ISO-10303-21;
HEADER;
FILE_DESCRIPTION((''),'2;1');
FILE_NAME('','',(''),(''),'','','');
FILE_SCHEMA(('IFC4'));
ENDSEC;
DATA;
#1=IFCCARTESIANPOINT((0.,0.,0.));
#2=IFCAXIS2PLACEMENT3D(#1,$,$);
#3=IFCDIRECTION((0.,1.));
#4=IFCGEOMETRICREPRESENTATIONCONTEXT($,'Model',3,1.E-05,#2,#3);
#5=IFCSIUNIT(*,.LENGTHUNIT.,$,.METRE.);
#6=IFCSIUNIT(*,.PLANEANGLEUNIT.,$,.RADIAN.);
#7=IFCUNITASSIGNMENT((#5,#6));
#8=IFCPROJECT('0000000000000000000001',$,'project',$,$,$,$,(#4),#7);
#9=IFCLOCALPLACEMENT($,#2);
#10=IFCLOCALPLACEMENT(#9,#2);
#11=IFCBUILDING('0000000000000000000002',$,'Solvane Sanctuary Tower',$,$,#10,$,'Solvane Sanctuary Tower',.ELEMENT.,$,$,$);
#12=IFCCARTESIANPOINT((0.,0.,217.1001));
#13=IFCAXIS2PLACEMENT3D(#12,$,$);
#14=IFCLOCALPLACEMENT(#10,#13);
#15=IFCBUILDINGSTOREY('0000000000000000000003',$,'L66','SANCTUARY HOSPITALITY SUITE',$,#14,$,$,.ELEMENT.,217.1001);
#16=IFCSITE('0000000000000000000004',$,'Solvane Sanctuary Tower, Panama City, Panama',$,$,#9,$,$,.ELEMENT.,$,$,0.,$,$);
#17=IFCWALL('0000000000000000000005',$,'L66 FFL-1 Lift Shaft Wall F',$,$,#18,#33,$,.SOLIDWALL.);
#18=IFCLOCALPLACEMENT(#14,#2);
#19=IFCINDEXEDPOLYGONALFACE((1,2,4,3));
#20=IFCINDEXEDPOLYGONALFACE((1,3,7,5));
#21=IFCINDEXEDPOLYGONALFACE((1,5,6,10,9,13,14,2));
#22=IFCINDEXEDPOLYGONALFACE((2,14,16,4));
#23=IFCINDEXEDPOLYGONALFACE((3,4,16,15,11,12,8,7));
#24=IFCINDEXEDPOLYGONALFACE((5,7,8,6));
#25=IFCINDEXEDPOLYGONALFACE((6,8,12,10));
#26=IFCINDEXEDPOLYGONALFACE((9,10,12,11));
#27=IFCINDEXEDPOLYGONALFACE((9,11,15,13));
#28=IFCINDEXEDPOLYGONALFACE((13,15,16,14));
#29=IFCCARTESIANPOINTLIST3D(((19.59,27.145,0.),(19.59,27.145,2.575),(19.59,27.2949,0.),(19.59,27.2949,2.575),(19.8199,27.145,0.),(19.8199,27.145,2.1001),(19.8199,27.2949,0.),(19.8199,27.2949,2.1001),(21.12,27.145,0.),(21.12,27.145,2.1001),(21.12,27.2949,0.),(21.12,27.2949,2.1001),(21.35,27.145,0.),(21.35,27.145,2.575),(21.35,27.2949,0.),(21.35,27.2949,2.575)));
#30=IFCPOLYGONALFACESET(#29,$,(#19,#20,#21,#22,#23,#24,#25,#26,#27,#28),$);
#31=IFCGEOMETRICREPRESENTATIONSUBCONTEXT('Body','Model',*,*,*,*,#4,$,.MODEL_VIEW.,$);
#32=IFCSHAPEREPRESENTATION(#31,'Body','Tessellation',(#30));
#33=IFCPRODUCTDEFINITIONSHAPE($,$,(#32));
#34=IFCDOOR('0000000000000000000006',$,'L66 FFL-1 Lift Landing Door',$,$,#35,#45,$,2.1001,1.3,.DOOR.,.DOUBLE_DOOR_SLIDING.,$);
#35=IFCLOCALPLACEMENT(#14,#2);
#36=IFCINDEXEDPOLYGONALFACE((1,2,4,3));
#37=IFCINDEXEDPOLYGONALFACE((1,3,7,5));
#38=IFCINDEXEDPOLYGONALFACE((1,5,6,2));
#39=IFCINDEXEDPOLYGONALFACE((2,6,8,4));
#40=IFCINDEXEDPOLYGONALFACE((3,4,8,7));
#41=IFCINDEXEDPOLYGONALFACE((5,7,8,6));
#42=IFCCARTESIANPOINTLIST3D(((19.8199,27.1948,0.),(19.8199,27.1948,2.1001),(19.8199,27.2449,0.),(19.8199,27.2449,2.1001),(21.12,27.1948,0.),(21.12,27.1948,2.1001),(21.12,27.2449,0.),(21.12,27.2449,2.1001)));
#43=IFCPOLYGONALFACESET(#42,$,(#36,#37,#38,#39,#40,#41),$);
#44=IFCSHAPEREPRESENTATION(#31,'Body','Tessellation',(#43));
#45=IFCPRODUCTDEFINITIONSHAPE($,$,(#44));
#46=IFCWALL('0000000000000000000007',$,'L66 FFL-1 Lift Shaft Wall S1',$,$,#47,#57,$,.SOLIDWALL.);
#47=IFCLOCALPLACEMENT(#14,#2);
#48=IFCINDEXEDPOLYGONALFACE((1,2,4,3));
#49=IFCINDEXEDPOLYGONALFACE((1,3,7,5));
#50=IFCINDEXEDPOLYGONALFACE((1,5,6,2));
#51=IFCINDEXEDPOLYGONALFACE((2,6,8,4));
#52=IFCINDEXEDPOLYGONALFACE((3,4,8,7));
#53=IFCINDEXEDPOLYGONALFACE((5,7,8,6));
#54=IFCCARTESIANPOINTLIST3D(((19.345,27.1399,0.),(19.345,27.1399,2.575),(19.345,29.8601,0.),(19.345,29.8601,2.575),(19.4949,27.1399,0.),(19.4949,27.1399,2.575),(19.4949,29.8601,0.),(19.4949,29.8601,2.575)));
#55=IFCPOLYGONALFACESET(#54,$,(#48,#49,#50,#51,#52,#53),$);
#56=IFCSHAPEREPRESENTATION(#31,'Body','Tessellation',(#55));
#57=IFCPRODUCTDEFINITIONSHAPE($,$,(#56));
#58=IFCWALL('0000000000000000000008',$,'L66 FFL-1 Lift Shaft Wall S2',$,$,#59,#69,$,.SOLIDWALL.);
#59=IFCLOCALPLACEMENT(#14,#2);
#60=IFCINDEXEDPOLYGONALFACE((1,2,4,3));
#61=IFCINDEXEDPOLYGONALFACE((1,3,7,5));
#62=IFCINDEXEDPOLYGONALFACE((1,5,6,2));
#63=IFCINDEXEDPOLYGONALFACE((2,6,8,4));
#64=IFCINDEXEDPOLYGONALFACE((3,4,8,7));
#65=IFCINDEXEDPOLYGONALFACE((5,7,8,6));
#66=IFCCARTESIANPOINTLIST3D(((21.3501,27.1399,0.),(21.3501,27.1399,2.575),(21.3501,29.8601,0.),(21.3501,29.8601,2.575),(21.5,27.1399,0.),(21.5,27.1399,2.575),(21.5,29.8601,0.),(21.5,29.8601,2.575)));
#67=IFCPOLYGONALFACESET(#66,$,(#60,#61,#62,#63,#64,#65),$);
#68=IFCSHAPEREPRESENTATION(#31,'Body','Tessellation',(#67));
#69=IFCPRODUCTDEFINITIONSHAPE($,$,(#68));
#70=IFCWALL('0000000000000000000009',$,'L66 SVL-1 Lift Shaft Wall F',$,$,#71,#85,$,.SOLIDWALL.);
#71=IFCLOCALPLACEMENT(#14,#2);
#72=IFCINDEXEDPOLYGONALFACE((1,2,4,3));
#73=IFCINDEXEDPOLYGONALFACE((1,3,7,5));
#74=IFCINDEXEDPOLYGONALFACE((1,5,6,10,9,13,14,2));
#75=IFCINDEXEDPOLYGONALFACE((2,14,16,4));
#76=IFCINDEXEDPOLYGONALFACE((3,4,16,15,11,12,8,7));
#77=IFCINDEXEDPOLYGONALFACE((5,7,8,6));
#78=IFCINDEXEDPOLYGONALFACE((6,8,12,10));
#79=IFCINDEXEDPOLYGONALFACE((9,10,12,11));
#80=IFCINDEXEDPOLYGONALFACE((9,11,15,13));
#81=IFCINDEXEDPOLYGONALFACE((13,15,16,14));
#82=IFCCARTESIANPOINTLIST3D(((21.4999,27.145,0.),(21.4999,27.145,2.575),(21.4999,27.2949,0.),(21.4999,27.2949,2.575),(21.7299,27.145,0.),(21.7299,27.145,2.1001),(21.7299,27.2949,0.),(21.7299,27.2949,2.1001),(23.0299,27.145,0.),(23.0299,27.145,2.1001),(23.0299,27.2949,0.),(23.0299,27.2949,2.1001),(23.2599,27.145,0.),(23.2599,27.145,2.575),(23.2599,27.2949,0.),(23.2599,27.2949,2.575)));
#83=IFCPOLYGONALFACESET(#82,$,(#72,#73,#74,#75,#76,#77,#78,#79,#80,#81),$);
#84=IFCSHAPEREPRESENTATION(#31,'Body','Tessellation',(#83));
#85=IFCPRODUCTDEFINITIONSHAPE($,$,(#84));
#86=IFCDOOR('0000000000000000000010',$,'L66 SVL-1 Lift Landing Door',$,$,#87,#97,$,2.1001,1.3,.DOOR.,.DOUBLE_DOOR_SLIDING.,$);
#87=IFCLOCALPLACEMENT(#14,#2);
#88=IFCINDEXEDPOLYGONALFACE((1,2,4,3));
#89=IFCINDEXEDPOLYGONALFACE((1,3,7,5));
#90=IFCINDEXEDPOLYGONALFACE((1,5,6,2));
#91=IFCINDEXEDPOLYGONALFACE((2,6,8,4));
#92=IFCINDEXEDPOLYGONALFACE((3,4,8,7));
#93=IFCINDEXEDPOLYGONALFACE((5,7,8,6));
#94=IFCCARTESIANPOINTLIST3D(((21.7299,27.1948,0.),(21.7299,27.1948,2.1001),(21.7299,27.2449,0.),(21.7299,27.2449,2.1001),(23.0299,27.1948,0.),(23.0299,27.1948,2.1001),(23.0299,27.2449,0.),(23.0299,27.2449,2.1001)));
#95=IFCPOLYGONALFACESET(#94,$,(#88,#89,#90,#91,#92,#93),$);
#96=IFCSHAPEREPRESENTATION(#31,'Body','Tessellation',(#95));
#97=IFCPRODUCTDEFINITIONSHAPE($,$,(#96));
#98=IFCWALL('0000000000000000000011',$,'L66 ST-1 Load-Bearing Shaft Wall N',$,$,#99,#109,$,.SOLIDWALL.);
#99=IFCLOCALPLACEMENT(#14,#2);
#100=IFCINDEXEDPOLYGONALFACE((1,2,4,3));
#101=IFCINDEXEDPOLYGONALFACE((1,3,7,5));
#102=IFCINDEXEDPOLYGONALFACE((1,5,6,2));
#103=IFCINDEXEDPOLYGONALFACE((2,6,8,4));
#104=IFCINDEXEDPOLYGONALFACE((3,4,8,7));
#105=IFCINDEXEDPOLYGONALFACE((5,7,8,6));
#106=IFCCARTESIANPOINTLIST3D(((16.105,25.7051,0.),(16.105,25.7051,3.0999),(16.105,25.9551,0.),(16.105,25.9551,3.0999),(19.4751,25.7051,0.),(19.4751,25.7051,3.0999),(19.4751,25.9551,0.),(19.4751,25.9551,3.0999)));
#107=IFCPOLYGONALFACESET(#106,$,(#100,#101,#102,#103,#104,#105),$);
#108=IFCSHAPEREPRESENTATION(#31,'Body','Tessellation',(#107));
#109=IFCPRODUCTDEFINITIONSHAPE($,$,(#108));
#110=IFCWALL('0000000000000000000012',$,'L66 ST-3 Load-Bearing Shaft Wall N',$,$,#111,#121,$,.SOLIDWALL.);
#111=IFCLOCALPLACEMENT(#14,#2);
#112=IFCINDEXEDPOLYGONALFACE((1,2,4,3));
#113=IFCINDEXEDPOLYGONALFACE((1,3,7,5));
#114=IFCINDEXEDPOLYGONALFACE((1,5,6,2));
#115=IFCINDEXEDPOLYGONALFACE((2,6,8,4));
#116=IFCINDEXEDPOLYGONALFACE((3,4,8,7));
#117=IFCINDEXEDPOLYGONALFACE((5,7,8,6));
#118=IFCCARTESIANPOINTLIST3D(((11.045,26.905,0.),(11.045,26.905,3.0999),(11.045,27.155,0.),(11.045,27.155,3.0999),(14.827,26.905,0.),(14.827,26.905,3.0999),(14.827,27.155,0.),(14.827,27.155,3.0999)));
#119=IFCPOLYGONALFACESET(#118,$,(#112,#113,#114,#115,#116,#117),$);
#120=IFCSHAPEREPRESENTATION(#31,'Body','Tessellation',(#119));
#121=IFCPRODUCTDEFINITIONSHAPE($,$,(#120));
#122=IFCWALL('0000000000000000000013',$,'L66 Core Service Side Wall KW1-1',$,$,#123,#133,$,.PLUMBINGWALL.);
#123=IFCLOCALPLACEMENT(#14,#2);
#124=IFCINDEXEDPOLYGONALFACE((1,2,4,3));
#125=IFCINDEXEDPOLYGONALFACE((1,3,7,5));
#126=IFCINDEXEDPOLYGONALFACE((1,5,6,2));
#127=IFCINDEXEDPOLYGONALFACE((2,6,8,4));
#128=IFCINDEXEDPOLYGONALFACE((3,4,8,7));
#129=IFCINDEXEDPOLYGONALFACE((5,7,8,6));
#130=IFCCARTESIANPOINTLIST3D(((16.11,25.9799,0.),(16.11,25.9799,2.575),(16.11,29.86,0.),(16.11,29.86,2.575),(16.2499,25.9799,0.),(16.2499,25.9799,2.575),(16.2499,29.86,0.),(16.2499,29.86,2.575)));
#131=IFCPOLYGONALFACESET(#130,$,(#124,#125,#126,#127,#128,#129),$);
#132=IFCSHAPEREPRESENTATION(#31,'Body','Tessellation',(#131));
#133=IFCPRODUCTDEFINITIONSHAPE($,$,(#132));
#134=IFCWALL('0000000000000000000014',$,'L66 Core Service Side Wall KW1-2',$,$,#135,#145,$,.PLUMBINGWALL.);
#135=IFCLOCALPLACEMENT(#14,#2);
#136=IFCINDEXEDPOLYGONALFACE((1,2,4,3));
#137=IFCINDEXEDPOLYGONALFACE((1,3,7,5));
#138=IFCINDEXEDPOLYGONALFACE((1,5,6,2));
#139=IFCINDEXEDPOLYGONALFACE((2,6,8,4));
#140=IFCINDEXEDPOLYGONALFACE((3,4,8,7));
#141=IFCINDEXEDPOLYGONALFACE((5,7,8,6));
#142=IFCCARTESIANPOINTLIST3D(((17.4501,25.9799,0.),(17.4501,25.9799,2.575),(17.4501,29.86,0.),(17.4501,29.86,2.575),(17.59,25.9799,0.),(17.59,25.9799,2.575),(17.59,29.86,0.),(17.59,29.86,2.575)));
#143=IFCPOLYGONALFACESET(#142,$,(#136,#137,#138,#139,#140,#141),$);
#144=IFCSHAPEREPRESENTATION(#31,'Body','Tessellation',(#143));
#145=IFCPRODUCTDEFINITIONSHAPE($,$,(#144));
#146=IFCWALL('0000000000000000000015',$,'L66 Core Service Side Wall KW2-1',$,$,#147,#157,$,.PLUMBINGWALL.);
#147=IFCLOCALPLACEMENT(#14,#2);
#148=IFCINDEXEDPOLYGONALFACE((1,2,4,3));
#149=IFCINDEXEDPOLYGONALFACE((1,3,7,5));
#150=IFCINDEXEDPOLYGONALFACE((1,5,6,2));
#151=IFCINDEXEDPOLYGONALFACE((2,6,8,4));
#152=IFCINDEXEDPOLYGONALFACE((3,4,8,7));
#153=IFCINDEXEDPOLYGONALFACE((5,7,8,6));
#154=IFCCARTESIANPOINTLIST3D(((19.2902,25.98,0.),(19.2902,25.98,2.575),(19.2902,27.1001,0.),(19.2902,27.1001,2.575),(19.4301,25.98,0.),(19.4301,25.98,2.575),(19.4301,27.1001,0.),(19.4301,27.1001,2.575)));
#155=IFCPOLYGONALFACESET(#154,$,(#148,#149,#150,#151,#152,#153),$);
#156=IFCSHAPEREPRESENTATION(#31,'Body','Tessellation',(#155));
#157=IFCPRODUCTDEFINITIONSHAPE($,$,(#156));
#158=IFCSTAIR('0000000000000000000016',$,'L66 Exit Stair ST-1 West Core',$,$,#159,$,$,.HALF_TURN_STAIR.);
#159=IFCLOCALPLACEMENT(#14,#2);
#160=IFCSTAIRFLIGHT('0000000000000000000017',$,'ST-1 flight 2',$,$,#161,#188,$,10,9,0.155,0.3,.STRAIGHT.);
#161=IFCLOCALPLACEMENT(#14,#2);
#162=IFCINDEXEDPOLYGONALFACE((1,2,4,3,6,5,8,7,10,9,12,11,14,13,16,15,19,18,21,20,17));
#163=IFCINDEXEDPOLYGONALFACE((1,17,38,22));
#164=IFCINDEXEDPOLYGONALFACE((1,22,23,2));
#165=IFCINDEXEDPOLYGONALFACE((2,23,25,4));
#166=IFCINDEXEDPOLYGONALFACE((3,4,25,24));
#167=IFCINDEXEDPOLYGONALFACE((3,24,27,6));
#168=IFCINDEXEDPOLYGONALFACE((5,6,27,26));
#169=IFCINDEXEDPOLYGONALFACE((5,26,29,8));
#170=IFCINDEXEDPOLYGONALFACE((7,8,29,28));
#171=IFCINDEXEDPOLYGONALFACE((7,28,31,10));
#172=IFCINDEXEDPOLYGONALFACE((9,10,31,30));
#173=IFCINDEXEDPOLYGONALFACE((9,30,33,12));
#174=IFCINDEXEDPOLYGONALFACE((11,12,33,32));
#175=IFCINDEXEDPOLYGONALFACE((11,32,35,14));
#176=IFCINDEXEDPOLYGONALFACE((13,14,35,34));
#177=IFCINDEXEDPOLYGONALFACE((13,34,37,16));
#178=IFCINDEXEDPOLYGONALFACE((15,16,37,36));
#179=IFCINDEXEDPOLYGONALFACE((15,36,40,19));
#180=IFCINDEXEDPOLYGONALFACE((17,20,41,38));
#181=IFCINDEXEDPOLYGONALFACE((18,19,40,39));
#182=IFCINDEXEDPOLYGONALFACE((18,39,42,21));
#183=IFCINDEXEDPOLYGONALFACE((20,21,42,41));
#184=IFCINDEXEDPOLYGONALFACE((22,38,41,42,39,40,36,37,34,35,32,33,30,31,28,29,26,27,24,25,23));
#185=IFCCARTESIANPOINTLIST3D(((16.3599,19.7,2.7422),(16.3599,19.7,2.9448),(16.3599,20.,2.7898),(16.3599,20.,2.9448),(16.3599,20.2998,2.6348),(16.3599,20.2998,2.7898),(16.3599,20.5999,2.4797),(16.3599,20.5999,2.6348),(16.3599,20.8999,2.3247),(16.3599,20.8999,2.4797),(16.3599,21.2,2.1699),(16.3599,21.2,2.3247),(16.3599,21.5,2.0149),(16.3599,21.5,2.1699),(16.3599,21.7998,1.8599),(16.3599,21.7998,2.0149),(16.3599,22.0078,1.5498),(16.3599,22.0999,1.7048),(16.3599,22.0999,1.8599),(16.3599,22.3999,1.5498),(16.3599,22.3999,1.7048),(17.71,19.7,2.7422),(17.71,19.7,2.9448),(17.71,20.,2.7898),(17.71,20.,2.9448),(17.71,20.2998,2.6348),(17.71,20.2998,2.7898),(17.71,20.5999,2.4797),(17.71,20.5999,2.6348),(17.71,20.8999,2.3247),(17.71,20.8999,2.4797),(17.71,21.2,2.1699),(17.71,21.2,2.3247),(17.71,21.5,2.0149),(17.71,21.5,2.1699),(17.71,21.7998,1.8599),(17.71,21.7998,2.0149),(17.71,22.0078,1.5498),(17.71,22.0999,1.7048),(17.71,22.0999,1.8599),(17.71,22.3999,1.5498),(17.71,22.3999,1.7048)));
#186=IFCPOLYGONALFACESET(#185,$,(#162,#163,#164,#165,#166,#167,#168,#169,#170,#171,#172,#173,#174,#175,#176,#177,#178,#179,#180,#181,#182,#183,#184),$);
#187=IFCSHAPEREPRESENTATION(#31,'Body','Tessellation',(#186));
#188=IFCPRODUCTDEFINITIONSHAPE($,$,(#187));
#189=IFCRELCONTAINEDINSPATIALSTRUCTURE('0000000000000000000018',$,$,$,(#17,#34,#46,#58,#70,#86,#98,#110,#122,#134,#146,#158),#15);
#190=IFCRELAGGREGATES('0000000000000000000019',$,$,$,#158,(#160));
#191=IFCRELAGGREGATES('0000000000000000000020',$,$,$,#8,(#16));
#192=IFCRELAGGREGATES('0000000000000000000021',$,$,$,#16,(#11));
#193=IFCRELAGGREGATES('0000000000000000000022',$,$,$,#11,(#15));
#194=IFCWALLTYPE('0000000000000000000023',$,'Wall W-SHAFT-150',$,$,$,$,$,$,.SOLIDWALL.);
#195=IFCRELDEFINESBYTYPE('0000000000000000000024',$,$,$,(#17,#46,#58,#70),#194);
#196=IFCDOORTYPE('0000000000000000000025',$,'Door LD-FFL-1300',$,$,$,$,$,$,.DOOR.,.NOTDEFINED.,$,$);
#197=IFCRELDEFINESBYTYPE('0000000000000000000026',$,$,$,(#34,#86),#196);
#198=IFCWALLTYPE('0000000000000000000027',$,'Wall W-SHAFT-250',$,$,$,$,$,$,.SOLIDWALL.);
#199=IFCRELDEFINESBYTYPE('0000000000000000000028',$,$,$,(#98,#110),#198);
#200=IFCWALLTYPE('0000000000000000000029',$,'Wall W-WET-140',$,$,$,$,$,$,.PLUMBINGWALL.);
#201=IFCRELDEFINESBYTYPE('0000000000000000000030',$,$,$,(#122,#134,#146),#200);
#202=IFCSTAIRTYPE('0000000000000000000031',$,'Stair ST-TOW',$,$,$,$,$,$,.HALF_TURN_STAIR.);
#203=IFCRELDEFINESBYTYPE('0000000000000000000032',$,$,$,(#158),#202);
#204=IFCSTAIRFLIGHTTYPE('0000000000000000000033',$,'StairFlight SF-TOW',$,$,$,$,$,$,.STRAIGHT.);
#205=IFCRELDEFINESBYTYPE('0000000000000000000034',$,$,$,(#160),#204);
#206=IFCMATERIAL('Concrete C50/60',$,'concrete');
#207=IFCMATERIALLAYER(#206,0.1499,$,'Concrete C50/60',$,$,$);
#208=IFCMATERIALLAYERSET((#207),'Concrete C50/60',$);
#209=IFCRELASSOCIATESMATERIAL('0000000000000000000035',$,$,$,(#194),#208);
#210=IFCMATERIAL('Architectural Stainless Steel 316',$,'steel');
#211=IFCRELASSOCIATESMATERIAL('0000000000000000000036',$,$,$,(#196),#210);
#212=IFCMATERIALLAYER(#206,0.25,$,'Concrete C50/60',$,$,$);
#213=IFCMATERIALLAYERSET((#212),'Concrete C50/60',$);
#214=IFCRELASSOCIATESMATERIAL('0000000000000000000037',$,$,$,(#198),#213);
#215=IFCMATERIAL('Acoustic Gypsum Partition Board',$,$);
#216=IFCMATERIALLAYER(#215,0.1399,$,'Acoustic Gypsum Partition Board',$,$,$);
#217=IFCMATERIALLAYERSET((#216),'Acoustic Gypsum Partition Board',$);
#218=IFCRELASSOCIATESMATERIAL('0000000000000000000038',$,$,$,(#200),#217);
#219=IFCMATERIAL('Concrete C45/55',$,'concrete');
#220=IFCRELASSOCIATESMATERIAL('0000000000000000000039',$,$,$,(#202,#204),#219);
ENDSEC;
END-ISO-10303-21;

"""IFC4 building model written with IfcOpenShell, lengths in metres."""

from ifc_helpers import new_model, si_unit, direction, frame, frame_2d, origin, place, context, subcontext, project, spatial, polyline, rectangle, outline, extrude, material, layer, layer_set, type_object, element, fill, aggregate, save


model = new_model("IFC4")

# Units and contexts
model_context = context("Model", 3, precision=1e-05, world=origin(), true_north=direction((0.0, 1.0)))
body_context = subcontext(model_context, "Body", "Model", "MODEL_VIEW")
ifc_project = project(units=[si_unit("LENGTHUNIT", "METRE"), si_unit("PLANEANGLEUNIT", "RADIAN")], contexts=[model_context])

# Site, building, storey
site_placement = place(None, origin())
site = spatial("IfcSite", under=ifc_project, at=site_placement, Name="Solvane Sanctuary Tower, Panama City, Panama", CompositionType="ELEMENT", RefElevation=0.0)
building_placement = place(site_placement, origin())
building = spatial("IfcBuilding", under=site, at=building_placement, Name="Solvane Sanctuary Tower", LongName="Solvane Sanctuary Tower", CompositionType="ELEMENT")
storey_placement = place(building_placement, frame((0.0, 0.0, 217.1001)))
storey = spatial("IfcBuildingStorey", under=building, at=storey_placement, Name="L66", Description="SANCTUARY HOSPITALITY SUITE", CompositionType="ELEMENT", Elevation=217.1001)

# Shared definitions
ifc_material_1 = material(Name="Acoustic Gypsum Partition Board")

# Shared definitions
ifc_material_2 = material(Name="Concrete C50/60", Category="concrete")
ifc_layer_1 = layer(ifc_material_2, 0.1499, Name="Concrete C50/60")
ifc_layer_set_1 = layer_set([ifc_layer_1], Name="Concrete C50/60")
wall_type_1 = type_object("IfcWallType", Name="Wall W-SHAFT-150", PredefinedType="SOLIDWALL", material=ifc_layer_set_1)
ifc_material_3 = material(Name="Architectural Stainless Steel 316", Category="steel")

# Wall, opening, door
wall_1_placement = place(storey_placement, frame((19.5901, 27.22, 0.0), z_axis=(0.0, 0.0, 1.0), x_axis=(1.0, 0.0, 0.0)))
wall_1 = element("IfcWall", 1, at=wall_1_placement, inside=storey, type_object=wall_type_1, Name="L66 FFL-1 Lift Shaft Wall F", PredefinedType="SOLIDWALL", context=body_context, shape_type="SweptSolid", body=[
    extrude(rectangle(XDim=1.76, YDim=0.1499, at=frame_2d((0.8799, 0.0))), origin(), (0.0, 0.0, 1.0), 2.575),
])
opening_1_placement = place(wall_1_placement, frame((0.23, 0.0, 0.0)))
opening_1 = element("IfcOpeningElement", 2, at=opening_1_placement, cuts=wall_1, PredefinedType="OPENING", context=body_context, shape_type="SweptSolid", body=[
    extrude(rectangle(XDim=1.3, YDim=2.1001, at=frame_2d((0.6499, 1.05))), frame((0.0, 0.085, 0.0), z_axis=(0.0, -1.0, 0.0), x_axis=(1.0, 0.0, 0.0)), (0.0, 0.0, 1.0), 0.1699),
])
door_type_1 = type_object("IfcDoorType", Name="Door LD-FFL-1300", OperationType="NOTDEFINED", PredefinedType="DOOR", material=ifc_material_3)
door_1_placement = place(opening_1_placement, origin())
door_1 = element("IfcDoor", 3, at=door_1_placement, inside=storey, type_object=door_type_1, Name="L66 FFL-1 Lift Landing Door", OperationType="DOUBLE_DOOR_SLIDING", OverallHeight=2.1001, OverallWidth=1.3, PredefinedType="DOOR", context=body_context, shape_type="SweptSolid", body=[
    extrude(rectangle(XDim=1.3, YDim=2.1001, at=frame_2d((0.6499, 1.05))), frame((0.0, 0.0249, 0.0), z_axis=(0.0, -1.0, 0.0), x_axis=(1.0, 0.0, 0.0)), (0.0, 0.0, 1.0), 0.05),
])
fill(opening_1, door_1)

# Walls
for number, where, z_axis, x_axis, name in (
    (4, (19.4199, 27.1399, 0.0), (0.0, 0.0, 1.0), (0.0, 1.0, 0.0), "L66 FFL-1 Lift Shaft Wall S1"),
    (5, (21.425, 27.1399, 0.0), (0.0, 0.0, 1.0), (0.0, 1.0, 0.0), "L66 FFL-1 Lift Shaft Wall S2"),
):
    element("IfcWall", number, at=place(storey_placement, frame(where, z_axis=z_axis, x_axis=x_axis)), inside=storey, type_object=wall_type_1, Name=name, PredefinedType="SOLIDWALL", context=body_context, shape_type="SweptSolid", body=[
        extrude(rectangle(XDim=2.7202, YDim=0.1499, at=frame_2d((1.3601, 0.0))), origin(), (0.0, 0.0, 1.0), 2.575),
    ])

# Wall, opening, door
wall_2_placement = place(storey_placement, frame((21.5, 27.22, 0.0), z_axis=(0.0, 0.0, 1.0), x_axis=(1.0, 0.0, 0.0)))
wall_2 = element("IfcWall", 6, at=wall_2_placement, inside=storey, type_object=wall_type_1, Name="L66 SVL-1 Lift Shaft Wall F", PredefinedType="SOLIDWALL", context=body_context, shape_type="SweptSolid", body=[
    extrude(rectangle(XDim=1.76, YDim=0.1499, at=frame_2d((0.8799, 0.0))), origin(), (0.0, 0.0, 1.0), 2.575),
])
opening_2_placement = place(wall_2_placement, frame((0.23, 0.0, 0.0)))
opening_2 = element("IfcOpeningElement", 7, at=opening_2_placement, cuts=wall_2, PredefinedType="OPENING", context=body_context, shape_type="SweptSolid", body=[
    extrude(rectangle(XDim=1.3, YDim=2.1001, at=frame_2d((0.6499, 1.05))), frame((0.0, 0.085, 0.0), z_axis=(0.0, -1.0, 0.0), x_axis=(1.0, 0.0, 0.0)), (0.0, 0.0, 1.0), 0.1699),
])
door_2_placement = place(opening_2_placement, origin())
door_2 = element("IfcDoor", 8, at=door_2_placement, inside=storey, type_object=door_type_1, Name="L66 SVL-1 Lift Landing Door", OperationType="DOUBLE_DOOR_SLIDING", OverallHeight=2.1001, OverallWidth=1.3, PredefinedType="DOOR", context=body_context, shape_type="SweptSolid", body=[
    extrude(rectangle(XDim=1.3, YDim=2.1001, at=frame_2d((0.6499, 1.05))), frame((0.0, 0.0249, 0.0), z_axis=(0.0, -1.0, 0.0), x_axis=(1.0, 0.0, 0.0)), (0.0, 0.0, 1.0), 0.05),
])
fill(opening_2, door_2)

# Walls
ifc_layer_2 = layer(ifc_material_2, 0.25, Name="Concrete C50/60")
ifc_layer_set_2 = layer_set([ifc_layer_2], Name="Concrete C50/60")
wall_type_2 = type_object("IfcWallType", Name="Wall W-SHAFT-250", PredefinedType="SOLIDWALL", material=ifc_layer_set_2)
wall_3_placement = place(storey_placement, frame((16.105, 25.8301, 0.0), z_axis=(0.0, 0.0, 1.0), x_axis=(1.0, 0.0, 0.0)))
element("IfcWall", 9, at=wall_3_placement, inside=storey, type_object=wall_type_2, Name="L66 ST-1 Load-Bearing Shaft Wall N", PredefinedType="SOLIDWALL", context=body_context, shape_type="SweptSolid", body=[
    extrude(rectangle(XDim=3.3701, YDim=0.25, at=frame_2d((1.6851, 0.0))), origin(), (0.0, 0.0, 1.0), 3.0999),
])
wall_4_placement = place(storey_placement, frame((11.0449, 27.03, 0.0), z_axis=(0.0, 0.0, 1.0), x_axis=(1.0, 0.0, 0.0)))
element("IfcWall", 10, at=wall_4_placement, inside=storey, type_object=wall_type_2, Name="L66 ST-3 Load-Bearing Shaft Wall N", PredefinedType="SOLIDWALL", context=body_context, shape_type="SweptSolid", body=[
    extrude(rectangle(XDim=3.782, YDim=0.25, at=frame_2d((1.8911, 0.0))), origin(), (0.0, 0.0, 1.0), 3.0999),
])
ifc_layer_3 = layer(ifc_material_1, 0.1399, Name="Acoustic Gypsum Partition Board")
ifc_layer_set_3 = layer_set([ifc_layer_3], Name="Acoustic Gypsum Partition Board")
wall_type_3 = type_object("IfcWallType", Name="Wall W-WET-140", PredefinedType="PLUMBINGWALL", material=ifc_layer_set_3)
for number, where, z_axis, x_axis, name in (
    (11, (16.1799, 25.98, 0.0), (0.0, 0.0, 1.0), (0.0, 1.0, 0.0), "L66 Core Service Side Wall KW1-1"),
    (12, (17.52, 25.98, 0.0), (0.0, 0.0, 1.0), (0.0, 1.0, 0.0), "L66 Core Service Side Wall KW1-2"),
):
    element("IfcWall", number, at=place(storey_placement, frame(where, z_axis=z_axis, x_axis=x_axis)), inside=storey, type_object=wall_type_3, Name=name, PredefinedType="PLUMBINGWALL", context=body_context, shape_type="SweptSolid", body=[
        extrude(rectangle(XDim=3.8801, YDim=0.1399, at=frame_2d((1.9399, 0.0))), origin(), (0.0, 0.0, 1.0), 2.575),
    ])
wall_5_placement = place(storey_placement, frame((19.3601, 25.98, 0.0), z_axis=(0.0, 0.0, 1.0), x_axis=(0.0, 1.0, 0.0)))
element("IfcWall", 13, at=wall_5_placement, inside=storey, type_object=wall_type_3, Name="L66 Core Service Side Wall KW2-1", PredefinedType="PLUMBINGWALL", context=body_context, shape_type="SweptSolid", body=[
    extrude(rectangle(XDim=1.1201, YDim=0.1399, at=frame_2d((0.5601, 0.0))), origin(), (0.0, 0.0, 1.0), 2.575),
])

# Stair, stair flight
ifc_material_4 = material(Name="Concrete C45/55", Category="concrete")
stair_type = type_object("IfcStairType", Name="Stair ST-TOW", PredefinedType="HALF_TURN_STAIR", material=ifc_material_4)
stair_placement = place(storey_placement, origin())
stair = element("IfcStair", 14, at=stair_placement, inside=storey, type_object=stair_type, Name="L66 Exit Stair ST-1 West Core", PredefinedType="HALF_TURN_STAIR")
stair_flight_type = type_object("IfcStairFlightType", Name="StairFlight SF-TOW", PredefinedType="STRAIGHT", material=ifc_material_4)
stair_flight_placement = place(storey_placement, frame((17.0349, 22.3999, 1.5498), z_axis=(0.0, 0.0, 1.0), x_axis=(0.0, -1.0, 0.0)))
stair_flight = element("IfcStairFlight", 15, at=stair_flight_placement, type_object=stair_flight_type, Name="ST-1 flight 2", NumberOfRisers=10, NumberOfTreads=9, PredefinedType="STRAIGHT", RiserHeight=0.155, TreadLength=0.3, context=body_context, shape_type="SweptSolid", body=[
    extrude(outline(polyline([(0.0, 0.0), (0.0, 0.155), (0.3, 0.155), (0.3, 0.3101), (0.6001, 0.3101), (0.6001, 0.4651), (0.8999, 0.4651), (0.8999, 0.6201), (1.2, 0.6201), (1.2, 0.7749), (1.5, 0.7749), (1.5, 0.9299), (1.8, 0.9299), (1.8, 1.085), (2.1001, 1.085), (2.1001, 1.24), (2.3999, 1.24), (2.3999, 1.395), (2.7, 1.395), (2.7, 1.55), (2.7, 1.1924), (0.3921, 0.0), (0.0, 0.0)])), frame((0.0, 0.675, 0.0), z_axis=(0.0, -1.0, 0.0), x_axis=(1.0, 0.0, 0.0)), (0.0, 0.0, 1.0), 1.3501),
])
aggregate(stair, [stair_flight])

save(model, "model.ifc")
